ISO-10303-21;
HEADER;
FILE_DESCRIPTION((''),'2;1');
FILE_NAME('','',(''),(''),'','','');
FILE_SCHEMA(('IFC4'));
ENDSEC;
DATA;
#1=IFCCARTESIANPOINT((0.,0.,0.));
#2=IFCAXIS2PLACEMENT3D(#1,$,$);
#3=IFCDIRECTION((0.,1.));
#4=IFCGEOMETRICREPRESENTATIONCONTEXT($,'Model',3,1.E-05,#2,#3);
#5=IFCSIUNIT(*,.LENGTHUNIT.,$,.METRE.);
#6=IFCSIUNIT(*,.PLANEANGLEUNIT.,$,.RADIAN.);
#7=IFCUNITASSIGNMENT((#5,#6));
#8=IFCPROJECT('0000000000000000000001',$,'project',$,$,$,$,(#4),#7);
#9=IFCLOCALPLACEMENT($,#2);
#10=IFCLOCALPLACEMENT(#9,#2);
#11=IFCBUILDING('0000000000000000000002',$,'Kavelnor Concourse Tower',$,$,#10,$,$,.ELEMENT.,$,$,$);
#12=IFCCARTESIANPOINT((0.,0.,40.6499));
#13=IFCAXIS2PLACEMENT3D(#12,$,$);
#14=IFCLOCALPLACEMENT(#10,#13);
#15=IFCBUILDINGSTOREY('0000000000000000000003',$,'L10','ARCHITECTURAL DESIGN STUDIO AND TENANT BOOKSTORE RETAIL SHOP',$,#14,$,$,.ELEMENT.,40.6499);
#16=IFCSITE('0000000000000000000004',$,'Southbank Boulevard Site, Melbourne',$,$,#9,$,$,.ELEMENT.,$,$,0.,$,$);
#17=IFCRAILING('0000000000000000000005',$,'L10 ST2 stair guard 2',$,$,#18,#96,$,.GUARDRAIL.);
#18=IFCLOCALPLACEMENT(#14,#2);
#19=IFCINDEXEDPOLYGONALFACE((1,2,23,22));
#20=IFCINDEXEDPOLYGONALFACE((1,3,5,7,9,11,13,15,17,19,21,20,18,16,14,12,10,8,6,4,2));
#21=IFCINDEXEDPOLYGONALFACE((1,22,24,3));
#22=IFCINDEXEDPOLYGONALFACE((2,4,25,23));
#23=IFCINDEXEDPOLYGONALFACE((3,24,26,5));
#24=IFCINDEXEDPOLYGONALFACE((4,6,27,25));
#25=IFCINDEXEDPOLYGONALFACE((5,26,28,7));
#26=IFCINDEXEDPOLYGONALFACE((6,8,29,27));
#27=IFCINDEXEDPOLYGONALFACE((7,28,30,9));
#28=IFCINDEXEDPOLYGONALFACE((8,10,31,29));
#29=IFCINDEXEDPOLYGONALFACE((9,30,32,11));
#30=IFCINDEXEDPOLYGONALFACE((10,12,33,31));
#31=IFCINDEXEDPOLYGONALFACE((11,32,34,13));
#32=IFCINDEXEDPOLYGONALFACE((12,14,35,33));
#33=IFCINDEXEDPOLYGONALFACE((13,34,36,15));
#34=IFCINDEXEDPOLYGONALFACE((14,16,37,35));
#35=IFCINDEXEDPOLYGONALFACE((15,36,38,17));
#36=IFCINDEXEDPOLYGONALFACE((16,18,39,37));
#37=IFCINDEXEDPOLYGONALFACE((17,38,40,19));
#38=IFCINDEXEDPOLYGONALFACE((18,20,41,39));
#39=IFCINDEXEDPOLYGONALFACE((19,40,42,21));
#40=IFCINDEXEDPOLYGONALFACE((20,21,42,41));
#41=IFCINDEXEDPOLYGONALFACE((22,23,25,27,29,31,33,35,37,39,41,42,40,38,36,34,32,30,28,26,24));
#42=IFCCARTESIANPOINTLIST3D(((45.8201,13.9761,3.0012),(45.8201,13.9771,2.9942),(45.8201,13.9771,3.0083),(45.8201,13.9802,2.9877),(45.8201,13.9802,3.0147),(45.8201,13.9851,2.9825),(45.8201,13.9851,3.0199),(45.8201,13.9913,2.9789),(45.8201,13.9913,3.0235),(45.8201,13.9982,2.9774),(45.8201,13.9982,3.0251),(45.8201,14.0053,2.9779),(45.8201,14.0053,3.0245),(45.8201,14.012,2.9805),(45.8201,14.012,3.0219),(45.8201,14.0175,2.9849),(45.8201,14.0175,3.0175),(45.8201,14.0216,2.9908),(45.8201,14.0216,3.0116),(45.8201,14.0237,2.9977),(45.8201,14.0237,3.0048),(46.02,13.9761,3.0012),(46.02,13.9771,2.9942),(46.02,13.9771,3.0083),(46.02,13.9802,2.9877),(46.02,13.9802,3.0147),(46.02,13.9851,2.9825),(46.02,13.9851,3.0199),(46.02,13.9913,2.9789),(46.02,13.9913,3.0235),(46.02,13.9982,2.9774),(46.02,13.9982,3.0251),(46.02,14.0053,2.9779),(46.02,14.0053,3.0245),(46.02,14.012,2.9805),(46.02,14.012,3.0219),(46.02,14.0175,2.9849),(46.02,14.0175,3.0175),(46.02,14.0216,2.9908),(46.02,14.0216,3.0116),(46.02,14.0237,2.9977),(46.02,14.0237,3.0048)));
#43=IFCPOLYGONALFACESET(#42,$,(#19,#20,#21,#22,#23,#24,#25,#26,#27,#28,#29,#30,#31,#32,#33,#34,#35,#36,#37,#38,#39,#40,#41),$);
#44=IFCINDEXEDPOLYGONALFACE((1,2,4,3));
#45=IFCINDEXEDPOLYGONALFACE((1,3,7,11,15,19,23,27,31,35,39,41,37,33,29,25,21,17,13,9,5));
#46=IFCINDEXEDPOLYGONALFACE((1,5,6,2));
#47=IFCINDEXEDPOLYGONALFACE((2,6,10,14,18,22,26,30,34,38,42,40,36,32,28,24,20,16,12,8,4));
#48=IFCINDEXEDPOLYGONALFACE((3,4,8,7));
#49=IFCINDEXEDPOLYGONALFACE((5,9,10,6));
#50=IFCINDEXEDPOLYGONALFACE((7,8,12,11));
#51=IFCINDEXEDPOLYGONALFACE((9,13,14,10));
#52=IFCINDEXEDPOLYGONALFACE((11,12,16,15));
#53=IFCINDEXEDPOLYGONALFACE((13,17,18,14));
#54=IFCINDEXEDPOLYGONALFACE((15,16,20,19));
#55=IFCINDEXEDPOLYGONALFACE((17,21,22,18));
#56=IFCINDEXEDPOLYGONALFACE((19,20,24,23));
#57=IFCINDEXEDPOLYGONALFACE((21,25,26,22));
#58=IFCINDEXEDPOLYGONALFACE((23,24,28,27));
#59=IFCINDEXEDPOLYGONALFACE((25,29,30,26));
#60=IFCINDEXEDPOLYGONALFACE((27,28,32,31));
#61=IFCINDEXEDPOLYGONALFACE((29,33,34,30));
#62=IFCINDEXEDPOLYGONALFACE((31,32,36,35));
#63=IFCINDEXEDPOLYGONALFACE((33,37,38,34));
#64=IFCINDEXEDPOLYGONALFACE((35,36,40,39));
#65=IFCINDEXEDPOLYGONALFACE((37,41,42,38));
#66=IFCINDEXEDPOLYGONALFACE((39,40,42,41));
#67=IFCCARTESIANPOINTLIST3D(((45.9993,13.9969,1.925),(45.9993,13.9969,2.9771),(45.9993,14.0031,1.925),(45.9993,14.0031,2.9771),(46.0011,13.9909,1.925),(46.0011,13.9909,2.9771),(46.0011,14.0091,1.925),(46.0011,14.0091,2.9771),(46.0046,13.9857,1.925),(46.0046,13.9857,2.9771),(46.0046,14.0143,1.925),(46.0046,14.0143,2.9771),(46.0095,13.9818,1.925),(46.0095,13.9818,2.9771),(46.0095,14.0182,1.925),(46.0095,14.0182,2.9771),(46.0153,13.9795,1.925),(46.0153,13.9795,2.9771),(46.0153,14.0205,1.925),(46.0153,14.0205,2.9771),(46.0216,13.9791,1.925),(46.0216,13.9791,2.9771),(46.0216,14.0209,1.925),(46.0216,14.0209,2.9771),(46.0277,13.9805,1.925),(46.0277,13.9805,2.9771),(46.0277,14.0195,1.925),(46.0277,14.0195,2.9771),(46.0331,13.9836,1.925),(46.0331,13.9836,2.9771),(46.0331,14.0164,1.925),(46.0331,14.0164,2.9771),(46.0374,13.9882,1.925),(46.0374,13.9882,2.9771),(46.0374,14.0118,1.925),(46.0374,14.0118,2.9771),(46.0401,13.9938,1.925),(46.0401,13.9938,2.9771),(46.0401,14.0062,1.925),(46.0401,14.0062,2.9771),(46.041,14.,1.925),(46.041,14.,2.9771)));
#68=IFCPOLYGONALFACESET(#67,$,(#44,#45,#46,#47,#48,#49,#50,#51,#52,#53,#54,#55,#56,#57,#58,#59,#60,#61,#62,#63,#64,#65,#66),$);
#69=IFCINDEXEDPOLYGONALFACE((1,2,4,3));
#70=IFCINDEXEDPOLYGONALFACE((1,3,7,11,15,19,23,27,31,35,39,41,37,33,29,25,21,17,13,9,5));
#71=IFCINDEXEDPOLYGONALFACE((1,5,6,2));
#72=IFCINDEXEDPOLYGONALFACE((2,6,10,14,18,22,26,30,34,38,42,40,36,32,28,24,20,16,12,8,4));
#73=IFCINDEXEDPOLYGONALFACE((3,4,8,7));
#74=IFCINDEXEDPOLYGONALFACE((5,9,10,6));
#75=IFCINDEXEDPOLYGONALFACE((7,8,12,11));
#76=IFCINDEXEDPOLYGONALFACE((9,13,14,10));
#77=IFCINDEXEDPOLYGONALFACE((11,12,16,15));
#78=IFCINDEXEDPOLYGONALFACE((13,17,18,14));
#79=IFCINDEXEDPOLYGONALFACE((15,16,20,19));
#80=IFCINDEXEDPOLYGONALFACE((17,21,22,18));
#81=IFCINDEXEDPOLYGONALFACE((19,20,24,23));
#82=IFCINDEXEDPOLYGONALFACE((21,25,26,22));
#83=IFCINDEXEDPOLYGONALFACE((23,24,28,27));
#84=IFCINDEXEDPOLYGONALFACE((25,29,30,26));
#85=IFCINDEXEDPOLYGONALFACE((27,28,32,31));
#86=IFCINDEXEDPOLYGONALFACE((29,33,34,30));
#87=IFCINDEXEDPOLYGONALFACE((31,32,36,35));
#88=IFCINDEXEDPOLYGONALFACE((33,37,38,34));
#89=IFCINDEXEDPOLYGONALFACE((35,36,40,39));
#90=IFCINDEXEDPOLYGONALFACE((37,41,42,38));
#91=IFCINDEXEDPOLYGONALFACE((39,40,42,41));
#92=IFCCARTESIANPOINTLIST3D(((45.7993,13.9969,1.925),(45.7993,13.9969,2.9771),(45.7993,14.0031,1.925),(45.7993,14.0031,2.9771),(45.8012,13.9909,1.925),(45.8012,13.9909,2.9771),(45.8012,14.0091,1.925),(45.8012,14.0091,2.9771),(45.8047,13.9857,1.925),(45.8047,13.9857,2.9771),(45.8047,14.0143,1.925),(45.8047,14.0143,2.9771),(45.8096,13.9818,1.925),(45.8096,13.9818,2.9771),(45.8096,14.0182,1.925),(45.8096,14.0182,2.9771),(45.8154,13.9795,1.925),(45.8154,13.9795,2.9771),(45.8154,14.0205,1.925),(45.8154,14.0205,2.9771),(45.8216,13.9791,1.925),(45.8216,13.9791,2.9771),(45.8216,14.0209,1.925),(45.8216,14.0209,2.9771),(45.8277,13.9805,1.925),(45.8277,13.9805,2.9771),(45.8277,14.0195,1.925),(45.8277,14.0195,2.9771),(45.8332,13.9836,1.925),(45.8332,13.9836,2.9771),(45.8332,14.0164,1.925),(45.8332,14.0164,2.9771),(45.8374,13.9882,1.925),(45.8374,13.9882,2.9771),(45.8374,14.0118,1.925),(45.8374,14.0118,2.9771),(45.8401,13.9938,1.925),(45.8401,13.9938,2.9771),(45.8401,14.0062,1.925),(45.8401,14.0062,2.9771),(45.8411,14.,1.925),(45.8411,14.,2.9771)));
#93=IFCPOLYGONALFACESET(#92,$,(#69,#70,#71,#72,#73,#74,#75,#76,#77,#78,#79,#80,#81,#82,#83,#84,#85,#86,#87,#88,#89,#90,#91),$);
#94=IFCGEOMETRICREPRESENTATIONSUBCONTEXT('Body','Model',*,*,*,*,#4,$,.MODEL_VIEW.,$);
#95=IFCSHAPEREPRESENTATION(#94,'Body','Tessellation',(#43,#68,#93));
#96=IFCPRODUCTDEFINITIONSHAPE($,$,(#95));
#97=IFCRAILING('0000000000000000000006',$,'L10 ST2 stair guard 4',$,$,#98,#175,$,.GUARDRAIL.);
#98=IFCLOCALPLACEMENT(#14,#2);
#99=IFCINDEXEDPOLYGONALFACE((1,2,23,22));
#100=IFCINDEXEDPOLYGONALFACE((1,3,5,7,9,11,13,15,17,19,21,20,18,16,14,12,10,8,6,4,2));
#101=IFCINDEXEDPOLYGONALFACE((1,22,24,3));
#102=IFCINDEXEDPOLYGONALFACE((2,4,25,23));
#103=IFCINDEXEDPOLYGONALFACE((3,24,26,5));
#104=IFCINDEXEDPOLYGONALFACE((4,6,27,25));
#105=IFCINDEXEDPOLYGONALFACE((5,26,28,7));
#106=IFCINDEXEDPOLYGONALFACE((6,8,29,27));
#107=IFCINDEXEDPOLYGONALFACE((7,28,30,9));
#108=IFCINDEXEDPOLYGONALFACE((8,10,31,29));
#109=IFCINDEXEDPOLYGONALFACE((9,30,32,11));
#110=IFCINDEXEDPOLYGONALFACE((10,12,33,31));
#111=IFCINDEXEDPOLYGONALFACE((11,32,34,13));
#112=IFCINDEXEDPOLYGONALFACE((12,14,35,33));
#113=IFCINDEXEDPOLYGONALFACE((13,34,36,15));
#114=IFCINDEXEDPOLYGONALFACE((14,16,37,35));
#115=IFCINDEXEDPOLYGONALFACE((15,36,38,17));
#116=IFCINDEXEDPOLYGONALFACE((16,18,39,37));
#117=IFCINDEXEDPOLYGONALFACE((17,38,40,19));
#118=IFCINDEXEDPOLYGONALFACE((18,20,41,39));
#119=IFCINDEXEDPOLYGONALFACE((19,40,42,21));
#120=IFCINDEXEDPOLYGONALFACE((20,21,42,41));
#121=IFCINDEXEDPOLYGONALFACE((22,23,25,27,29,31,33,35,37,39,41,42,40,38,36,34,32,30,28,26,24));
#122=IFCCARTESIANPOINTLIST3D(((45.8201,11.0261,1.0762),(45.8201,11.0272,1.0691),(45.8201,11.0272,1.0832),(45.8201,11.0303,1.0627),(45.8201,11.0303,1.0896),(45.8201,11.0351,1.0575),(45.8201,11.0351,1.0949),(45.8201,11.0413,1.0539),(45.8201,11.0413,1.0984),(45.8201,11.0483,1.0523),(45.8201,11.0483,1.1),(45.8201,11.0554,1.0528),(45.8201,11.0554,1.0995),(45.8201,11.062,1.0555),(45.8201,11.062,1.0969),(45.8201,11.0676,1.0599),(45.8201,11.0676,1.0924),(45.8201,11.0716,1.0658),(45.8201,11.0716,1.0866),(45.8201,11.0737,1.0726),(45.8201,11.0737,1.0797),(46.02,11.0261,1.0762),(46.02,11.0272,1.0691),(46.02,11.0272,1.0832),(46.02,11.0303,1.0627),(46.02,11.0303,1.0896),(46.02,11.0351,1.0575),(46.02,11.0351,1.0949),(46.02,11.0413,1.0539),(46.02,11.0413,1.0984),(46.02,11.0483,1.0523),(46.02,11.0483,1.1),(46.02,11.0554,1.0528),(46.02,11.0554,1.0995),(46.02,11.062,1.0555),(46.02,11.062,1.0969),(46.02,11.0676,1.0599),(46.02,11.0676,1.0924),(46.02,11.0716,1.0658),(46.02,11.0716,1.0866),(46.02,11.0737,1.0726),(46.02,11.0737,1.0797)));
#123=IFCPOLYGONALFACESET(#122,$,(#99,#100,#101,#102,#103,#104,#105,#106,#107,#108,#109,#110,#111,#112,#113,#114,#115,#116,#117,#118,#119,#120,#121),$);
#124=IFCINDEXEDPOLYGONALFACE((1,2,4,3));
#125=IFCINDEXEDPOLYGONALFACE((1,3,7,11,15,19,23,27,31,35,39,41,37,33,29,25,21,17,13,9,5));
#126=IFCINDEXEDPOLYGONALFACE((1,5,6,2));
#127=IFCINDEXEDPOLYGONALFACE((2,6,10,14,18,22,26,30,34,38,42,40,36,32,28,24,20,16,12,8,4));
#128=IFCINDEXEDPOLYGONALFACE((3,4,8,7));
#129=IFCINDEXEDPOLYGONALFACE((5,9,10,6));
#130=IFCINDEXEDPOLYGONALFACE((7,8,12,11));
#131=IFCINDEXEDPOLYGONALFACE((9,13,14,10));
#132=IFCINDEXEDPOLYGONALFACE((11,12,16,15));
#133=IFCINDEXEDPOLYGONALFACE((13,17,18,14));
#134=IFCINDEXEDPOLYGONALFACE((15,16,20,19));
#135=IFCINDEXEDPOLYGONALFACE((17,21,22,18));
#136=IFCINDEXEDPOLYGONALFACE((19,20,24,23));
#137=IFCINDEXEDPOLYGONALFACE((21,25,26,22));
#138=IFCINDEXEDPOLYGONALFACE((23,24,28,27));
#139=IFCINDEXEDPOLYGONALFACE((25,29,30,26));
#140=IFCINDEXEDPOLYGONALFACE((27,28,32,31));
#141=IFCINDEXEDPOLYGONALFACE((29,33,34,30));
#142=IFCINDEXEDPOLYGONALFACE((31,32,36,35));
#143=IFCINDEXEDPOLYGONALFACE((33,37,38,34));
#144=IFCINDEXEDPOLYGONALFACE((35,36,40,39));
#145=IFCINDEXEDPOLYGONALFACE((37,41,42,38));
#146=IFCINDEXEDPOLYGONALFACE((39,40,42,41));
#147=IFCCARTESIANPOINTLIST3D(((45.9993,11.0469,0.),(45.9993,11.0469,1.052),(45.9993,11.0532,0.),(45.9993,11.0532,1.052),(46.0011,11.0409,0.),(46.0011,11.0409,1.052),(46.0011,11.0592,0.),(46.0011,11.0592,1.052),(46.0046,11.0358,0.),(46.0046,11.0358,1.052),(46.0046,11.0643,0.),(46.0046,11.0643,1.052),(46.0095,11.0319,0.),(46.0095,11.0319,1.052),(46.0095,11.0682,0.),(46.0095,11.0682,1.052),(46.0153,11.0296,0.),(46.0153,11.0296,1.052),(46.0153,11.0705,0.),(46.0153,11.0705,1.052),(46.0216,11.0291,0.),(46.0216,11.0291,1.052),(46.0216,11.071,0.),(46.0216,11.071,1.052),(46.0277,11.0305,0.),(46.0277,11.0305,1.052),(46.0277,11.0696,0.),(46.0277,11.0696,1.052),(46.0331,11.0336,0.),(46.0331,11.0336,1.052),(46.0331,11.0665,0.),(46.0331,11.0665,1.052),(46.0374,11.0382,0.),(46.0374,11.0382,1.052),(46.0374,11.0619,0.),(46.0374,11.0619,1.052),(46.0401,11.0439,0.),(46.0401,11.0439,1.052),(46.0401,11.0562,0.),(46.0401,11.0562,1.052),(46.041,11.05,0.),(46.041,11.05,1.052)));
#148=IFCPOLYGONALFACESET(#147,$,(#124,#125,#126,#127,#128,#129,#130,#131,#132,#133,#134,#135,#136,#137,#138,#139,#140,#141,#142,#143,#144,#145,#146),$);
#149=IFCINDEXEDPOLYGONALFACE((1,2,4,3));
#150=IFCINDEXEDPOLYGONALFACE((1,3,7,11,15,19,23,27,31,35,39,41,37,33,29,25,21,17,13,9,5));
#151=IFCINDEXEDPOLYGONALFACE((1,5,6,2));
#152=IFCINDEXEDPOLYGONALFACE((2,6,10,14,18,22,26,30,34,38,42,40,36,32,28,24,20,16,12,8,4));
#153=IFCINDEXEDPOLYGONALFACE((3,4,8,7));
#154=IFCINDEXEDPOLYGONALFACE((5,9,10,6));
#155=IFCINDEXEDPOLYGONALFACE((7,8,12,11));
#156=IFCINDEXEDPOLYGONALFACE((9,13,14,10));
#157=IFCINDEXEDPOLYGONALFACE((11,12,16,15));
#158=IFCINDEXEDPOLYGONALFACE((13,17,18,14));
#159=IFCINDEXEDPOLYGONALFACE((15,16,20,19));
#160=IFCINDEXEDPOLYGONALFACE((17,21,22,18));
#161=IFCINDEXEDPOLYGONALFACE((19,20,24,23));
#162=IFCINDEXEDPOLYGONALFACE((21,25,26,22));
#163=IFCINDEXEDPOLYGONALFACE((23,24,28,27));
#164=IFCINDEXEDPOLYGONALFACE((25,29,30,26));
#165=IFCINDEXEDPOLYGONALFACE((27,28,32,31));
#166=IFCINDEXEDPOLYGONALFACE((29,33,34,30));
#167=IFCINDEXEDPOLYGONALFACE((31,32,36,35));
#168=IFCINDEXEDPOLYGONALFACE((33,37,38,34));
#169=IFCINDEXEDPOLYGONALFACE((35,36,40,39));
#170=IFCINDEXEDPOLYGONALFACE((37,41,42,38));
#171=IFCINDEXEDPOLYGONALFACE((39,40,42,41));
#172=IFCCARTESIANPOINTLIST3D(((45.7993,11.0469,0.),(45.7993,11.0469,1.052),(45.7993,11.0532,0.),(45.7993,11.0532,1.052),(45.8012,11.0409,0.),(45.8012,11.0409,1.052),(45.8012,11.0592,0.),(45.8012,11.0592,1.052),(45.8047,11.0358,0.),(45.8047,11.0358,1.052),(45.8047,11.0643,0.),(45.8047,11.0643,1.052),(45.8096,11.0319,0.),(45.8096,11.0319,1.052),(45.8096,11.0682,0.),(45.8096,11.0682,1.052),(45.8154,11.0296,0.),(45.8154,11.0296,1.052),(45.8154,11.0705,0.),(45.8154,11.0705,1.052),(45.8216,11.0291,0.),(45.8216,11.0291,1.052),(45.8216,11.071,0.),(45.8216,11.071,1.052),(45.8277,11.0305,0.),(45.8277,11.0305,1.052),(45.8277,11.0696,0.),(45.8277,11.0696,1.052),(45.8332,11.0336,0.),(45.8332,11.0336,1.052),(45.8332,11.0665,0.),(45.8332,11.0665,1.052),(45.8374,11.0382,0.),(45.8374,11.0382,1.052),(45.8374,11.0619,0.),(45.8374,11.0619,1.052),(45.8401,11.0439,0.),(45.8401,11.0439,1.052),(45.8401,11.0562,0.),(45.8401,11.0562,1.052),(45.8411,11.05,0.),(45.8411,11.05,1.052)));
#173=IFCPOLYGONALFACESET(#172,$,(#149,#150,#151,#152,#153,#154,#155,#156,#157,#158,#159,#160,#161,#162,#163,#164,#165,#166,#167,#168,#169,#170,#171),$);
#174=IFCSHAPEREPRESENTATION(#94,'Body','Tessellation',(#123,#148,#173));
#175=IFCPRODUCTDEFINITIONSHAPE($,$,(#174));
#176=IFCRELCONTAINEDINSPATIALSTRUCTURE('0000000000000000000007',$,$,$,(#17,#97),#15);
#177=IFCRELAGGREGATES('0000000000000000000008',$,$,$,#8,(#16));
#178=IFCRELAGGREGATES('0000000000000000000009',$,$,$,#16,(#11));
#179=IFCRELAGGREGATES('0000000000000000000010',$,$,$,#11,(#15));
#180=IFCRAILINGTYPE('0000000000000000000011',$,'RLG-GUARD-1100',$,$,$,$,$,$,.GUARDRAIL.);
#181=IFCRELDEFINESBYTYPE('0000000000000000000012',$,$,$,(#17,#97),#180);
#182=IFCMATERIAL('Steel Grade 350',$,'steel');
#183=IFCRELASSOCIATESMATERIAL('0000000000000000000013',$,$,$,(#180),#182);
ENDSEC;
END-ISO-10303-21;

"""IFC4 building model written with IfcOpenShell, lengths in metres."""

from ifc_helpers import new_model, si_unit, direction, frame, origin, origin_2d, place, context, subcontext, project, spatial, circle, extrude, material, type_object, element, save


model = new_model("IFC4")

# Units and contexts
model_context = context("Model", 3, precision=1e-05, world=origin(), true_north=direction((0.0, 1.0)))
body_context = subcontext(model_context, "Body", "Model", "MODEL_VIEW")
ifc_project = project(units=[si_unit("LENGTHUNIT", "METRE"), si_unit("PLANEANGLEUNIT", "RADIAN")], contexts=[model_context])

# Site, building, storey
site_placement = place(None, origin())
site = spatial("IfcSite", under=ifc_project, at=site_placement, Name="Southbank Boulevard Site, Melbourne", CompositionType="ELEMENT", RefElevation=0.0)
building_placement = place(site_placement, origin())
building = spatial("IfcBuilding", under=site, at=building_placement, Name="Kavelnor Concourse Tower", CompositionType="ELEMENT")
storey_placement = place(building_placement, frame((0.0, 0.0, 40.6499)))
storey = spatial("IfcBuildingStorey", under=building, at=storey_placement, Name="L10", Description="ARCHITECTURAL DESIGN STUDIO AND TENANT BOOKSTORE RETAIL SHOP", CompositionType="ELEMENT", Elevation=40.6499)

# Shared definitions
ifc_material_1 = material(Name="Steel Grade 350", Category="steel")

# Railings
railing_type_1 = type_object("IfcRailingType", Name="RLG-GUARD-1100", PredefinedType="GUARDRAIL", material=ifc_material_1)
for number, where, name in (
    (1, (46.02, 14.0, 1.925), "L10 ST2 stair guard 2"),
    (2, (46.02, 11.05, 0.0), "L10 ST2 stair guard 4"),
):
    element("IfcRailing", number, at=place(storey_placement, frame(where)), inside=storey, type_object=railing_type_1, Name=name, PredefinedType="GUARDRAIL", context=body_context, shape_type="SweptSolid", body=[
        extrude(circle(Radius=0.0239, at=origin_2d()), frame((0.0, 0.0, 1.0762), z_axis=(-1.0, 0.0, 0.0), x_axis=(0.0, -1.0, 0.0)), (0.0, 0.0, 1.0), 0.2),
        extrude(circle(Radius=0.021, at=origin_2d()), origin(), (0.0, 0.0, 1.0), 1.052),
        extrude(circle(Radius=0.021, at=origin_2d()), frame((-0.2, 0.0, 0.0)), (0.0, 0.0, 1.0), 1.052),
    ])

save(model, "model.ifc")
